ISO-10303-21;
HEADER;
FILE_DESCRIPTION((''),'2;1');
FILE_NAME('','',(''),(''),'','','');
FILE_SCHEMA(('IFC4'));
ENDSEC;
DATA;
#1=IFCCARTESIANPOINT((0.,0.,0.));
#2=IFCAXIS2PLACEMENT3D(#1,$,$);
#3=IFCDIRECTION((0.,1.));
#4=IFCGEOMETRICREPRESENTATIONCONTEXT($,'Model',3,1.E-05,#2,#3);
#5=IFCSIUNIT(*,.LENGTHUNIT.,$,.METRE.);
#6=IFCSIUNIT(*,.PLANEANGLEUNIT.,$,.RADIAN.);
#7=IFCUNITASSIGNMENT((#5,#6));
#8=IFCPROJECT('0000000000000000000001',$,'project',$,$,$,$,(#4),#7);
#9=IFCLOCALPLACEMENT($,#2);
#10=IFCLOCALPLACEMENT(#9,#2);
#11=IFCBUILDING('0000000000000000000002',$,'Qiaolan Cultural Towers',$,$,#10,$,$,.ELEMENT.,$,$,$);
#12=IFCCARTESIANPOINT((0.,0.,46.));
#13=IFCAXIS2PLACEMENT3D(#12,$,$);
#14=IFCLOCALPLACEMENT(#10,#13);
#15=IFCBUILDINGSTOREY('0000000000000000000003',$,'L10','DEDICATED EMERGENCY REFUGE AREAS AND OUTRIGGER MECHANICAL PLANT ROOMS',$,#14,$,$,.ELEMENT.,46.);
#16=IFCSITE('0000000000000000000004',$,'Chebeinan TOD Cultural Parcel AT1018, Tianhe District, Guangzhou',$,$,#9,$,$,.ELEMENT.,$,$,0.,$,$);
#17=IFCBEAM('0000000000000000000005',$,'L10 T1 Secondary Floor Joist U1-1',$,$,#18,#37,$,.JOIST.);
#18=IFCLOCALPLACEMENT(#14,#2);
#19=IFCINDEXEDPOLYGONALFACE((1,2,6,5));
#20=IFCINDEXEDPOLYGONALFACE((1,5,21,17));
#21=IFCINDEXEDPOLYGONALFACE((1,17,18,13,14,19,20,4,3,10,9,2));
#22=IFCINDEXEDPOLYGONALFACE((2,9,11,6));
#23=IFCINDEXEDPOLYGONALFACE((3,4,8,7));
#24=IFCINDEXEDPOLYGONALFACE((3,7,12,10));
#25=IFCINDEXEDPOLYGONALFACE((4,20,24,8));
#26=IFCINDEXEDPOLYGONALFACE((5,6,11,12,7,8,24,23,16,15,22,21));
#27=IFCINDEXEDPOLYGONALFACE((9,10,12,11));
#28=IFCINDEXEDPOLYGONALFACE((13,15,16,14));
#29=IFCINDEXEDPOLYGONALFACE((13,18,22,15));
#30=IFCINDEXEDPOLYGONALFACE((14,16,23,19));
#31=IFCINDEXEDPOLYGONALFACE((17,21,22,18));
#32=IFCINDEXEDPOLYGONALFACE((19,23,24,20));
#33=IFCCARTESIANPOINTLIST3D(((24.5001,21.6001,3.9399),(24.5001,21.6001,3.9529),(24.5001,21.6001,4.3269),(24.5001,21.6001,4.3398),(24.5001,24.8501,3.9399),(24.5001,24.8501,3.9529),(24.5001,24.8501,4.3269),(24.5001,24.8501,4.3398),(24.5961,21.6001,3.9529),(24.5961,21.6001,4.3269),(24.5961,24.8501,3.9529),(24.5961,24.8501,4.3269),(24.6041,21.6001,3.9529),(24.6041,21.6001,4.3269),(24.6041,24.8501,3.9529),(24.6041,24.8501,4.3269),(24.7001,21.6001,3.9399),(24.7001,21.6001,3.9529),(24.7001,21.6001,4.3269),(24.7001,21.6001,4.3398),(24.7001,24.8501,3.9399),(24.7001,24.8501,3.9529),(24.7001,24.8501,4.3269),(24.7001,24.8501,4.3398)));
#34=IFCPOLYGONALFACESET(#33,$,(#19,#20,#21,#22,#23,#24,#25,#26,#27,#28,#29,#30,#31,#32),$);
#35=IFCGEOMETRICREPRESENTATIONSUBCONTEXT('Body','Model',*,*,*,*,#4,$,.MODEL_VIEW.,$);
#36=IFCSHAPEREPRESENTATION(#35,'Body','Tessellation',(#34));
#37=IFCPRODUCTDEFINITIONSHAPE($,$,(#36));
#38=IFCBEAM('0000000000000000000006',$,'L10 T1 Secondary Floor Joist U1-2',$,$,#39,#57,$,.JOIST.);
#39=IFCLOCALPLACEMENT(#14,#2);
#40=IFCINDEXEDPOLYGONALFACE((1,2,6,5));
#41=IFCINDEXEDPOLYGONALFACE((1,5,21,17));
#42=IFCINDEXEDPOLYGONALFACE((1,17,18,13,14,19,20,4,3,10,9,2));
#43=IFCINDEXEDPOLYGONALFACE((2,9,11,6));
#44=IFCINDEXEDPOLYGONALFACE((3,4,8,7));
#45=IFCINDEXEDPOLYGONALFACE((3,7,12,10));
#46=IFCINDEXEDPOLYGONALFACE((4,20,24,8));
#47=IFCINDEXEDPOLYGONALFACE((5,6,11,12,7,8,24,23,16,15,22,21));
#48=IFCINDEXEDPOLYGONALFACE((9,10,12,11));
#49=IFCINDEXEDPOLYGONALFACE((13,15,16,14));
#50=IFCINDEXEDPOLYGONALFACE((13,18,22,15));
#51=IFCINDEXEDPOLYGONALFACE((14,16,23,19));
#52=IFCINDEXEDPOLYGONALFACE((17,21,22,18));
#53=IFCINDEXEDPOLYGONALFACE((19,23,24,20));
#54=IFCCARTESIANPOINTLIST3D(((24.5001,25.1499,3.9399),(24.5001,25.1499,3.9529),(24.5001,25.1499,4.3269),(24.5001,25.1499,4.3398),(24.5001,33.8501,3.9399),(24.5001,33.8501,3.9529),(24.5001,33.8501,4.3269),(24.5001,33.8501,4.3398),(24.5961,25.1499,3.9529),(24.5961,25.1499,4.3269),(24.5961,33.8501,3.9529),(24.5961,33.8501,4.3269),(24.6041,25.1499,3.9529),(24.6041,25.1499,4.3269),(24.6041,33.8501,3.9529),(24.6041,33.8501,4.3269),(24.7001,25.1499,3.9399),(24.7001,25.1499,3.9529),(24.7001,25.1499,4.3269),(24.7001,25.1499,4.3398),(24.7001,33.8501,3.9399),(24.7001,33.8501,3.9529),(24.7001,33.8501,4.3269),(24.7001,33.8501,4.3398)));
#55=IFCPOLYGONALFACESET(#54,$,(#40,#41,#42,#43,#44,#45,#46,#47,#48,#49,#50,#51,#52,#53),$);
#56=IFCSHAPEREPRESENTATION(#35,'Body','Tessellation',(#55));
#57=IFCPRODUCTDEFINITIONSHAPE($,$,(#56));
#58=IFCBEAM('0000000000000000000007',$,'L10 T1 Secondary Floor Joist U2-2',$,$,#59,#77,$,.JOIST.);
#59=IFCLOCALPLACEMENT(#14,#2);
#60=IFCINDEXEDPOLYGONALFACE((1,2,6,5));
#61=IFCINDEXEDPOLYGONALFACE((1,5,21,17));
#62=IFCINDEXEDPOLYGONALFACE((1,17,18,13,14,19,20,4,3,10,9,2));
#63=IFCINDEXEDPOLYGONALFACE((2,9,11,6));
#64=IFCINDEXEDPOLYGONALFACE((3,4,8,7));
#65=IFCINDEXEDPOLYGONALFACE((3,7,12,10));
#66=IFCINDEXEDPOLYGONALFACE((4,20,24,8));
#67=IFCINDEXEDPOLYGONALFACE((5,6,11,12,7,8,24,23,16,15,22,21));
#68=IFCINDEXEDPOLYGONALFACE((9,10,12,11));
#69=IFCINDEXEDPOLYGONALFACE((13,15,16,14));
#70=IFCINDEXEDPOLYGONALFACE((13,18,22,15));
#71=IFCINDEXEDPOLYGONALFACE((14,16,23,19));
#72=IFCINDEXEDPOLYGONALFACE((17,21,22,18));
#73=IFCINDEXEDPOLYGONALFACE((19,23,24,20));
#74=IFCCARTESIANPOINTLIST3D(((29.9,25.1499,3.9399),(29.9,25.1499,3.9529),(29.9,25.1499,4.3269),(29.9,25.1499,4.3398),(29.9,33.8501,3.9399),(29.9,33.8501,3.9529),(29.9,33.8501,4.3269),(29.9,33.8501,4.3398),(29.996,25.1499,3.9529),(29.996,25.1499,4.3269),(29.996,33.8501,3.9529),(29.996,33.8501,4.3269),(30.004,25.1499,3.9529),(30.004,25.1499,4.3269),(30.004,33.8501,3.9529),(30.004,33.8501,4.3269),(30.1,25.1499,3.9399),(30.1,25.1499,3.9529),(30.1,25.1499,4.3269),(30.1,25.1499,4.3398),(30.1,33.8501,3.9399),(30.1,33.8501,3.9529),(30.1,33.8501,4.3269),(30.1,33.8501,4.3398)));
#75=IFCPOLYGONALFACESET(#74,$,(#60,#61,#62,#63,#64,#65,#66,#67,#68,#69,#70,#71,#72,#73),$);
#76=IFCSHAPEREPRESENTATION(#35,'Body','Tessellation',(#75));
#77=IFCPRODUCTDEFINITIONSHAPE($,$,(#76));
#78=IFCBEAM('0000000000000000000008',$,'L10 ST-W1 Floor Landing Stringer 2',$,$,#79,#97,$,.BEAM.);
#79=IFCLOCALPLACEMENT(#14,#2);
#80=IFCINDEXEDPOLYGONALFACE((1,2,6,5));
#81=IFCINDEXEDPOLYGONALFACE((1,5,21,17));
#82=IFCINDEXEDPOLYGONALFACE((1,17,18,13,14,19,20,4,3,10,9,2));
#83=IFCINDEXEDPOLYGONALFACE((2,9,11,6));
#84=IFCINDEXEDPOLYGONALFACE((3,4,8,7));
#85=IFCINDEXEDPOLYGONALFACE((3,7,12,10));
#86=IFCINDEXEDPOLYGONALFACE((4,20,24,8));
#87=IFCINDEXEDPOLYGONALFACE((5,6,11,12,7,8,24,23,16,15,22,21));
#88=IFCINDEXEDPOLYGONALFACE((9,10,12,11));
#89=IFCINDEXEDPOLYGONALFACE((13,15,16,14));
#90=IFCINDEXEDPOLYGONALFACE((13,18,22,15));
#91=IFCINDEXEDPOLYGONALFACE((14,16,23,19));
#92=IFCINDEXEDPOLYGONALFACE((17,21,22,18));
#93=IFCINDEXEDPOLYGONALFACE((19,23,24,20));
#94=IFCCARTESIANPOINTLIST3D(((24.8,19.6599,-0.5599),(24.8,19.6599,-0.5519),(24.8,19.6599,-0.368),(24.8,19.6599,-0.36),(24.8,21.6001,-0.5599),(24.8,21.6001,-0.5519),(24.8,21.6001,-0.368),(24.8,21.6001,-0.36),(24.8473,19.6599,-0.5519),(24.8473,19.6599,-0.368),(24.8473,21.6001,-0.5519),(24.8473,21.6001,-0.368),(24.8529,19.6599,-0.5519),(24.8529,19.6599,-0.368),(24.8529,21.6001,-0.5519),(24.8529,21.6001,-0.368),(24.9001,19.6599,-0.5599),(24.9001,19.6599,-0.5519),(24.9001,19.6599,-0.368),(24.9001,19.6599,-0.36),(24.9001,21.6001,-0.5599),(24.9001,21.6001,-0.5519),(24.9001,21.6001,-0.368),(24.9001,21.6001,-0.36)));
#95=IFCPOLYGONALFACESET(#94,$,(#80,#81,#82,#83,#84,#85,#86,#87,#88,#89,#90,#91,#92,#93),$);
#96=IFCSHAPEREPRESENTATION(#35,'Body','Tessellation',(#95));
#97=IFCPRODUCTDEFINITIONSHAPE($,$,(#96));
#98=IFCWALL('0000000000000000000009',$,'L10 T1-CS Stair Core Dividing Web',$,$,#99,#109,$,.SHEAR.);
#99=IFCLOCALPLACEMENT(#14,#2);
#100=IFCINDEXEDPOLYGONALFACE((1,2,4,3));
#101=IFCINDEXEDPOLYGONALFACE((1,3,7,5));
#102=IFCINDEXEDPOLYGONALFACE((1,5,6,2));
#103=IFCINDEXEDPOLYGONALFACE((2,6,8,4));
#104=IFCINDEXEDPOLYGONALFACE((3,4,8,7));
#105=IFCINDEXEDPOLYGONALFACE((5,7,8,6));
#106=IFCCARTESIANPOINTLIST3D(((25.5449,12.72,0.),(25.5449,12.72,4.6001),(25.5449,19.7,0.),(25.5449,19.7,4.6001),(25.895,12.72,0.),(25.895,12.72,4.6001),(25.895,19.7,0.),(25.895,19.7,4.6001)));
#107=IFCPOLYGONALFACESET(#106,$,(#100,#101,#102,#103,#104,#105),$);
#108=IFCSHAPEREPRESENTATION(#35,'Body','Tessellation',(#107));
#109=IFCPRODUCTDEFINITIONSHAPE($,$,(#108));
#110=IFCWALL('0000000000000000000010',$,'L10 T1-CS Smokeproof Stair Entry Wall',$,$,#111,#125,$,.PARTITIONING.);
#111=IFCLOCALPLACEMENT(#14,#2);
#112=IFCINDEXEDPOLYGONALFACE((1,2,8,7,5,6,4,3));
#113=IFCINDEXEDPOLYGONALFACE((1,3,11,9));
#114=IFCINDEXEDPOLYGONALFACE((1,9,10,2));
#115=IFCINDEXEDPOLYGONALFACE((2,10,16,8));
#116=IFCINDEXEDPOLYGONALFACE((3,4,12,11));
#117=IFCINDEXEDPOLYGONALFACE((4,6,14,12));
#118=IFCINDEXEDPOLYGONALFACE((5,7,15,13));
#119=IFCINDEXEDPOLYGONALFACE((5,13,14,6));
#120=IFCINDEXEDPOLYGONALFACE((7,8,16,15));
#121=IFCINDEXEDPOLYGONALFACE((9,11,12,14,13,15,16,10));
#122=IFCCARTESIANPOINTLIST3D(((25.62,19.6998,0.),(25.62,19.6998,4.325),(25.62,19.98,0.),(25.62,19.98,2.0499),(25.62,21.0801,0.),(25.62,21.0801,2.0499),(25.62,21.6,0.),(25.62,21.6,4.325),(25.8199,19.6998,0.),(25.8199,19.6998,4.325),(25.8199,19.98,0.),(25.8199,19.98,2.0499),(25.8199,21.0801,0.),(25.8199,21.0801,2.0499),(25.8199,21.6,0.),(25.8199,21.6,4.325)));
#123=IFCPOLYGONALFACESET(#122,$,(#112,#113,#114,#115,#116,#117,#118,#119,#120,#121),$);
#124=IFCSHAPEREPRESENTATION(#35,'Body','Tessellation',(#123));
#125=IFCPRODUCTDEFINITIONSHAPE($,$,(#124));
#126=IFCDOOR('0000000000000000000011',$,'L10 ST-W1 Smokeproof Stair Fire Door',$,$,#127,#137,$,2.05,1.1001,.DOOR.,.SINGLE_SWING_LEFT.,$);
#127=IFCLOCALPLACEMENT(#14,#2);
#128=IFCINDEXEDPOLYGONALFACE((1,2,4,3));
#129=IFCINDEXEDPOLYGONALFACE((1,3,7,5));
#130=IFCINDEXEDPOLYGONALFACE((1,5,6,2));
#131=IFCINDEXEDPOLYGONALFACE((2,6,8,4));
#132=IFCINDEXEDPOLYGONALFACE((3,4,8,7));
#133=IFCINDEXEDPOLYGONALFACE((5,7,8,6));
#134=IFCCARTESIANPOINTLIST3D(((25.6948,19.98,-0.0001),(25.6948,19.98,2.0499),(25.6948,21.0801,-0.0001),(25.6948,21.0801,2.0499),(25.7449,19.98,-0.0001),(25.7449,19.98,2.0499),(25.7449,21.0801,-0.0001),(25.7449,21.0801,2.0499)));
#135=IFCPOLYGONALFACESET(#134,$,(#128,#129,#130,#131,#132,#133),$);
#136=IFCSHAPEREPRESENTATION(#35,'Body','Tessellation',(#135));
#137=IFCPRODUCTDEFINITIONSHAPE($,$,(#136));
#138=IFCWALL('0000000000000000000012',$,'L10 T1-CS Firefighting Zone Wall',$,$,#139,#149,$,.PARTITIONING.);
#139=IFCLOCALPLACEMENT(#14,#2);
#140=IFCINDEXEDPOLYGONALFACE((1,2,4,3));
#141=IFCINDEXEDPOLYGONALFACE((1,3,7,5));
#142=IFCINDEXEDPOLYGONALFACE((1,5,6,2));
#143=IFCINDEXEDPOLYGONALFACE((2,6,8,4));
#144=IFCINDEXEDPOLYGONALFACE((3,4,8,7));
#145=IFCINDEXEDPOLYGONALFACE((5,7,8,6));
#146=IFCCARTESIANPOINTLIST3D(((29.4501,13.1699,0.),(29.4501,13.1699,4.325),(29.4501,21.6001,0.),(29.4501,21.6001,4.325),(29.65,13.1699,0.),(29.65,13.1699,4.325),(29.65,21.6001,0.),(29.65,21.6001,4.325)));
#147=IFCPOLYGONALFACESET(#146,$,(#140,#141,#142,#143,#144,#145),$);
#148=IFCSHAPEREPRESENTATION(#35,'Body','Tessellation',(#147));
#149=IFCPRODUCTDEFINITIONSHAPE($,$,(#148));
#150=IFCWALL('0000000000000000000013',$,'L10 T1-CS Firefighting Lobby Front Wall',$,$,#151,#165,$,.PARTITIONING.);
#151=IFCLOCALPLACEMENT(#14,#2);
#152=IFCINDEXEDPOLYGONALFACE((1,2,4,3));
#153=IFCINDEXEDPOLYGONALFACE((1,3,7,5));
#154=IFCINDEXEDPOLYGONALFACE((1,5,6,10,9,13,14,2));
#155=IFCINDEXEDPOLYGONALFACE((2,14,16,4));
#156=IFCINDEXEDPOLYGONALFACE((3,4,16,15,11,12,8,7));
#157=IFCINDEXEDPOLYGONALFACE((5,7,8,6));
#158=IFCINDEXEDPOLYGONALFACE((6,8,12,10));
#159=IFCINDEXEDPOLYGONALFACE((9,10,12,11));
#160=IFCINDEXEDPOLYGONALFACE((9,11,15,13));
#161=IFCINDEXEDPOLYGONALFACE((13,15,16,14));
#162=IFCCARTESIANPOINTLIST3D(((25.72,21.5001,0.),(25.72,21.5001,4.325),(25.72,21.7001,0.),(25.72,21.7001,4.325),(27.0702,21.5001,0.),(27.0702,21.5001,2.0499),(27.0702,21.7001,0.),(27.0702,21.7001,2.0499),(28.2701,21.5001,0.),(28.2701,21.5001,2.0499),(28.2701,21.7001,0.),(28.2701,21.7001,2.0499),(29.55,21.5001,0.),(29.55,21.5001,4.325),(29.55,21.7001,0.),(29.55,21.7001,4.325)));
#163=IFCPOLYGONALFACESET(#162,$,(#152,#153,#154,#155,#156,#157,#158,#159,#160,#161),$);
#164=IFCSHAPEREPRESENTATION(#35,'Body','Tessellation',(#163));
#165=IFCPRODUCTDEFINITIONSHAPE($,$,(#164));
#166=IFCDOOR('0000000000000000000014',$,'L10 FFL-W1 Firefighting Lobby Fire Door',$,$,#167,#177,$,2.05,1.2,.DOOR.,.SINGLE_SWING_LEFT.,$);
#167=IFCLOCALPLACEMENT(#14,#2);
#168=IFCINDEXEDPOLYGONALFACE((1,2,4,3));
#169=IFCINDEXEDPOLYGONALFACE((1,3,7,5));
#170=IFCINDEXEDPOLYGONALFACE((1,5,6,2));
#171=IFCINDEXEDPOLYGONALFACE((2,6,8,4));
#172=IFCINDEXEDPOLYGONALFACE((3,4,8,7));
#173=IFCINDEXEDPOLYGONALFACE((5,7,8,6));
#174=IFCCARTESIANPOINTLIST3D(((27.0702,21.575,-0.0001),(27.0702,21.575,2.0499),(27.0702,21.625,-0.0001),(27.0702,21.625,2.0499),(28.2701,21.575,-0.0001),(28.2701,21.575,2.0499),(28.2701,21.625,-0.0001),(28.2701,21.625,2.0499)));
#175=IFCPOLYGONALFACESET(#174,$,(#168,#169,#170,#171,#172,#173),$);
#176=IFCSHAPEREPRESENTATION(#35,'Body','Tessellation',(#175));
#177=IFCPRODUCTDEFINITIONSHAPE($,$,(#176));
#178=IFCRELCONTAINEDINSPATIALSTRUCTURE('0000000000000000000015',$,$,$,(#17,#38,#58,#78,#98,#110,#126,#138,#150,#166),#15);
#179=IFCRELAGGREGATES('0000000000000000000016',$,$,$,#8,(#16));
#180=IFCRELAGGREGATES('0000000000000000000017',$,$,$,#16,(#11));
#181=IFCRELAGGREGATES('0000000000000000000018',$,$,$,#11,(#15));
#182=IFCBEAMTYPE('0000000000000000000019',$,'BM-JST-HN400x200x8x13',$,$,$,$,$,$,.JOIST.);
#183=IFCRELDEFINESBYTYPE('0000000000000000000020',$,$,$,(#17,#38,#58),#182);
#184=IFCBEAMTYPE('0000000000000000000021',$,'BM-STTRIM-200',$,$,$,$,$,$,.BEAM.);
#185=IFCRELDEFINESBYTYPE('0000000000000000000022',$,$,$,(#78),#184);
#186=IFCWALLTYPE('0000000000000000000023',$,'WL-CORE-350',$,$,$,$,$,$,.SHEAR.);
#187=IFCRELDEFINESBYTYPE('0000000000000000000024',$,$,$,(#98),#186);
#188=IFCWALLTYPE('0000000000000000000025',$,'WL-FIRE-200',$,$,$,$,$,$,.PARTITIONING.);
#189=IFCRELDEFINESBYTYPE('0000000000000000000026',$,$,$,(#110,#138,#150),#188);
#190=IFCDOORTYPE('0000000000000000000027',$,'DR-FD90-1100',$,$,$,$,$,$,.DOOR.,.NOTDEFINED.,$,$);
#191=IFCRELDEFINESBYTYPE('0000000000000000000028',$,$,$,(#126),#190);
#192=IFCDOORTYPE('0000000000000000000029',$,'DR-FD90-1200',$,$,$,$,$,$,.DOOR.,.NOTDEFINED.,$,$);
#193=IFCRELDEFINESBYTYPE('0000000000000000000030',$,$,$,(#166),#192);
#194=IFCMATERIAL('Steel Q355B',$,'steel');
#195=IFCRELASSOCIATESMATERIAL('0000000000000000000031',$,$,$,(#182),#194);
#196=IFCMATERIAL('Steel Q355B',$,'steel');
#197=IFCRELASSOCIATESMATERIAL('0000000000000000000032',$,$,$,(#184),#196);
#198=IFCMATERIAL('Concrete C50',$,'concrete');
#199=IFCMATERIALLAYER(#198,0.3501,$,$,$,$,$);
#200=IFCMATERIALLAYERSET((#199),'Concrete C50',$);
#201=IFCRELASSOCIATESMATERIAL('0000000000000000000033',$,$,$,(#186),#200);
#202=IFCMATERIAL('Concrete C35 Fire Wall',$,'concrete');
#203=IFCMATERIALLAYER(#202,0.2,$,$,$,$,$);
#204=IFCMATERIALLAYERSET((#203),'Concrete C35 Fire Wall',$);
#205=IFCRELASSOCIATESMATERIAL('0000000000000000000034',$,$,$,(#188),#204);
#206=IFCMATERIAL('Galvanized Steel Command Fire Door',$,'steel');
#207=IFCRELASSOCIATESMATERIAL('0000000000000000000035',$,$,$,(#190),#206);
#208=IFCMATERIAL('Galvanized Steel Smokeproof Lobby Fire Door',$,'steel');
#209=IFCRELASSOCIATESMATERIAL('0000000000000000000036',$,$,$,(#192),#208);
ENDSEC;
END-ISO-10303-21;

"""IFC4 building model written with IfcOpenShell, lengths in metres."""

from ifc_helpers import new_model, si_unit, direction, frame, frame_2d, origin, origin_2d, place, context, subcontext, project, spatial, rectangle, i_section, extrude, material, layer, layer_set, material_profile, profile_set, type_object, element, fill, save


model = new_model("IFC4")

# Units and contexts
model_context = context("Model", 3, precision=1e-05, world=origin(), true_north=direction((0.0, 1.0)))
body_context = subcontext(model_context, "Body", "Model", "MODEL_VIEW")
ifc_project = project(units=[si_unit("LENGTHUNIT", "METRE"), si_unit("PLANEANGLEUNIT", "RADIAN")], contexts=[model_context])

# Site, building, storey
site_placement = place(None, origin())
site = spatial("IfcSite", under=ifc_project, at=site_placement, Name="Chebeinan TOD Cultural Parcel AT1018, Tianhe District, Guangzhou", CompositionType="ELEMENT", RefElevation=0.0)
building_placement = place(site_placement, origin())
building = spatial("IfcBuilding", under=site, at=building_placement, Name="Qiaolan Cultural Towers", CompositionType="ELEMENT")
storey_placement = place(building_placement, frame((0.0, 0.0, 46.0)))
storey = spatial("IfcBuildingStorey", under=building, at=storey_placement, Name="L10", Description="DEDICATED EMERGENCY REFUGE AREAS AND OUTRIGGER MECHANICAL PLANT ROOMS", CompositionType="ELEMENT", Elevation=46.0)

# Beams
ifc_material_1 = material(Name="Steel Q355B", Category="steel")
ifc_material_profile_1 = material_profile(ifc_material_1, i_section(OverallWidth=0.2, OverallDepth=0.3999, WebThickness=0.0081, FlangeThickness=0.0129, at=origin_2d()), Name="HN400x200x8x13")
ifc_profile_set_1 = profile_set([ifc_material_profile_1], Name="Steel Q355B")
beam_type_1 = type_object("IfcBeamType", Name="BM-JST-HN400x200x8x13", PredefinedType="JOIST", material=ifc_profile_set_1)
beam_1_placement = place(storey_placement, frame((24.6001, 21.6001, 4.1399), z_axis=(0.0, 1.0, 0.0), x_axis=(-1.0, 0.0, 0.0)))
element("IfcBeam", 1, at=beam_1_placement, inside=storey, type_object=beam_type_1, Name="L10 T1 Secondary Floor Joist U1-1", PredefinedType="JOIST", context=body_context, shape_type="SweptSolid", body=[
    extrude(i_section(OverallWidth=0.2, OverallDepth=0.3999, WebThickness=0.0081, FlangeThickness=0.0129, at=origin_2d()), origin(), (0.0, 0.0, 1.0), 3.25),
])
for number, where, z_axis, x_axis, name in (
    (2, (24.6001, 25.1499, 4.1399), (0.0, 1.0, 0.0), (-1.0, 0.0, 0.0), "L10 T1 Secondary Floor Joist U1-2"),
    (3, (30.0, 25.1499, 4.1399), (0.0, 1.0, 0.0), (-1.0, 0.0, 0.0), "L10 T1 Secondary Floor Joist U2-2"),
):
    element("IfcBeam", number, at=place(storey_placement, frame(where, z_axis=z_axis, x_axis=x_axis)), inside=storey, type_object=beam_type_1, Name=name, PredefinedType="JOIST", context=body_context, shape_type="SweptSolid", body=[
        extrude(i_section(OverallWidth=0.2, OverallDepth=0.3999, WebThickness=0.0081, FlangeThickness=0.0129, at=origin_2d()), origin(), (0.0, 0.0, 1.0), 8.7002),
    ])
ifc_material_2 = material(Name="Steel Q355B", Category="steel")
ifc_material_profile_2 = material_profile(ifc_material_2, i_section(OverallWidth=0.1001, OverallDepth=0.2, WebThickness=0.0056, FlangeThickness=0.0081, at=origin_2d()), Name="HN200x100x5.5x8")
ifc_profile_set_2 = profile_set([ifc_material_profile_2], Name="Steel Q355B")
beam_type_2 = type_object("IfcBeamType", Name="BM-STTRIM-200", PredefinedType="BEAM", material=ifc_profile_set_2)
beam_2_placement = place(storey_placement, frame((24.8501, 21.6001, -0.46), z_axis=(0.0, -1.0, 0.0), x_axis=(1.0, 0.0, 0.0)))
element("IfcBeam", 4, at=beam_2_placement, inside=storey, type_object=beam_type_2, Name="L10 ST-W1 Floor Landing Stringer 2", PredefinedType="BEAM", context=body_context, shape_type="SweptSolid", body=[
    extrude(i_section(OverallWidth=0.1001, OverallDepth=0.2, WebThickness=0.0056, FlangeThickness=0.0081, at=origin_2d()), origin(), (0.0, 0.0, 1.0), 1.9402),
])

# Wall
ifc_material_3 = material(Name="Concrete C50", Category="concrete")
ifc_layer_1 = layer(ifc_material_3, 0.3501)
ifc_layer_set_1 = layer_set([ifc_layer_1], Name="Concrete C50")
wall_type_1 = type_object("IfcWallType", Name="WL-CORE-350", PredefinedType="SHEAR", material=ifc_layer_set_1)
wall_1_placement = place(storey_placement, frame((25.72, 19.7, 0.0), z_axis=(0.0, 0.0, 1.0), x_axis=(0.0, -1.0, 0.0)))
element("IfcWall", 5, at=wall_1_placement, inside=storey, type_object=wall_type_1, Name="L10 T1-CS Stair Core Dividing Web", PredefinedType="SHEAR", context=body_context, shape_type="SweptSolid", body=[
    extrude(rectangle(XDim=6.98, YDim=0.3501, at=frame_2d((3.49, 0.0))), origin(), (0.0, 0.0, 1.0), 4.6001),
])

# Wall, opening, door
ifc_material_4 = material(Name="Concrete C35 Fire Wall", Category="concrete")
ifc_layer_2 = layer(ifc_material_4, 0.2)
ifc_layer_set_2 = layer_set([ifc_layer_2], Name="Concrete C35 Fire Wall")
wall_type_2 = type_object("IfcWallType", Name="WL-FIRE-200", PredefinedType="PARTITIONING", material=ifc_layer_set_2)
wall_2_placement = place(storey_placement, frame((25.72, 21.6001, 0.0), z_axis=(0.0, 0.0, 1.0), x_axis=(0.0, -1.0, 0.0)))
wall_2 = element("IfcWall", 6, at=wall_2_placement, inside=storey, type_object=wall_type_2, Name="L10 T1-CS Smokeproof Stair Entry Wall", PredefinedType="PARTITIONING", context=body_context, shape_type="SweptSolid", body=[
    extrude(rectangle(XDim=1.9001, YDim=0.2, at=frame_2d((0.9502, 0.0))), origin(), (0.0, 0.0, 1.0), 4.325),
])
opening_1_placement = place(wall_2_placement, frame((0.52, 0.0, 0.0)))
opening_1 = element("IfcOpeningElement", 7, at=opening_1_placement, cuts=wall_2, PredefinedType="OPENING", context=body_context, shape_type="SweptSolid", body=[
    extrude(rectangle(XDim=1.1001, YDim=2.05, at=frame_2d((0.55, 1.0249))), frame((0.0, 0.1099, 0.0), z_axis=(0.0, -1.0, 0.0), x_axis=(1.0, 0.0, 0.0)), (0.0, 0.0, 1.0), 0.22),
])
ifc_material_5 = material(Name="Galvanized Steel Command Fire Door", Category="steel")
door_type_1 = type_object("IfcDoorType", Name="DR-FD90-1100", OperationType="NOTDEFINED", PredefinedType="DOOR", material=ifc_material_5)
door_1_placement = place(opening_1_placement, origin())
door_1 = element("IfcDoor", 8, at=door_1_placement, inside=storey, type_object=door_type_1, Name="L10 ST-W1 Smokeproof Stair Fire Door", OperationType="SINGLE_SWING_LEFT", OverallHeight=2.05, OverallWidth=1.1001, PredefinedType="DOOR", context=body_context, shape_type="SweptSolid", body=[
    extrude(rectangle(XDim=1.1001, YDim=2.05, at=frame_2d((0.55, 1.0249))), frame((0.0, 0.0249, 0.0), z_axis=(0.0, -1.0, 0.0), x_axis=(1.0, 0.0, 0.0)), (0.0, 0.0, 1.0), 0.05),
])
fill(opening_1, door_1)

# Wall
wall_3_placement = place(storey_placement, frame((29.55, 21.6001, 0.0), z_axis=(0.0, 0.0, 1.0), x_axis=(0.0, -1.0, 0.0)))
element("IfcWall", 9, at=wall_3_placement, inside=storey, type_object=wall_type_2, Name="L10 T1-CS Firefighting Zone Wall", PredefinedType="PARTITIONING", context=body_context, shape_type="SweptSolid", body=[
    extrude(rectangle(XDim=8.4302, YDim=0.2, at=frame_2d((4.2151, 0.0))), origin(), (0.0, 0.0, 1.0), 4.325),
])

# Wall, opening, door
wall_4_placement = place(storey_placement, frame((25.72, 21.6001, 0.0), z_axis=(0.0, 0.0, 1.0), x_axis=(1.0, 0.0, 0.0)))
wall_4 = element("IfcWall", 10, at=wall_4_placement, inside=storey, type_object=wall_type_2, Name="L10 T1-CS Firefighting Lobby Front Wall", PredefinedType="PARTITIONING", context=body_context, shape_type="SweptSolid", body=[
    extrude(rectangle(XDim=3.8301, YDim=0.2, at=frame_2d((1.915, 0.0))), origin(), (0.0, 0.0, 1.0), 4.325),
])
opening_2_placement = place(wall_4_placement, frame((1.3501, 0.0, 0.0)))
opening_2 = element("IfcOpeningElement", 11, at=opening_2_placement, cuts=wall_4, PredefinedType="OPENING", context=body_context, shape_type="SweptSolid", body=[
    extrude(rectangle(XDim=1.2, YDim=2.05, at=frame_2d((0.6001, 1.0249))), frame((0.0, 0.1099, 0.0), z_axis=(0.0, -1.0, 0.0), x_axis=(1.0, 0.0, 0.0)), (0.0, 0.0, 1.0), 0.22),
])
ifc_material_6 = material(Name="Galvanized Steel Smokeproof Lobby Fire Door", Category="steel")
door_type_2 = type_object("IfcDoorType", Name="DR-FD90-1200", OperationType="NOTDEFINED", PredefinedType="DOOR", material=ifc_material_6)
door_2_placement = place(opening_2_placement, origin())
door_2 = element("IfcDoor", 12, at=door_2_placement, inside=storey, type_object=door_type_2, Name="L10 FFL-W1 Firefighting Lobby Fire Door", OperationType="SINGLE_SWING_LEFT", OverallHeight=2.05, OverallWidth=1.2, PredefinedType="DOOR", context=body_context, shape_type="SweptSolid", body=[
    extrude(rectangle(XDim=1.2, YDim=2.05, at=frame_2d((0.6001, 1.0249))), frame((0.0, 0.0249, 0.0), z_axis=(0.0, -1.0, 0.0), x_axis=(1.0, 0.0, 0.0)), (0.0, 0.0, 1.0), 0.05),
])
fill(opening_2, door_2)

save(model, "model.ifc")
